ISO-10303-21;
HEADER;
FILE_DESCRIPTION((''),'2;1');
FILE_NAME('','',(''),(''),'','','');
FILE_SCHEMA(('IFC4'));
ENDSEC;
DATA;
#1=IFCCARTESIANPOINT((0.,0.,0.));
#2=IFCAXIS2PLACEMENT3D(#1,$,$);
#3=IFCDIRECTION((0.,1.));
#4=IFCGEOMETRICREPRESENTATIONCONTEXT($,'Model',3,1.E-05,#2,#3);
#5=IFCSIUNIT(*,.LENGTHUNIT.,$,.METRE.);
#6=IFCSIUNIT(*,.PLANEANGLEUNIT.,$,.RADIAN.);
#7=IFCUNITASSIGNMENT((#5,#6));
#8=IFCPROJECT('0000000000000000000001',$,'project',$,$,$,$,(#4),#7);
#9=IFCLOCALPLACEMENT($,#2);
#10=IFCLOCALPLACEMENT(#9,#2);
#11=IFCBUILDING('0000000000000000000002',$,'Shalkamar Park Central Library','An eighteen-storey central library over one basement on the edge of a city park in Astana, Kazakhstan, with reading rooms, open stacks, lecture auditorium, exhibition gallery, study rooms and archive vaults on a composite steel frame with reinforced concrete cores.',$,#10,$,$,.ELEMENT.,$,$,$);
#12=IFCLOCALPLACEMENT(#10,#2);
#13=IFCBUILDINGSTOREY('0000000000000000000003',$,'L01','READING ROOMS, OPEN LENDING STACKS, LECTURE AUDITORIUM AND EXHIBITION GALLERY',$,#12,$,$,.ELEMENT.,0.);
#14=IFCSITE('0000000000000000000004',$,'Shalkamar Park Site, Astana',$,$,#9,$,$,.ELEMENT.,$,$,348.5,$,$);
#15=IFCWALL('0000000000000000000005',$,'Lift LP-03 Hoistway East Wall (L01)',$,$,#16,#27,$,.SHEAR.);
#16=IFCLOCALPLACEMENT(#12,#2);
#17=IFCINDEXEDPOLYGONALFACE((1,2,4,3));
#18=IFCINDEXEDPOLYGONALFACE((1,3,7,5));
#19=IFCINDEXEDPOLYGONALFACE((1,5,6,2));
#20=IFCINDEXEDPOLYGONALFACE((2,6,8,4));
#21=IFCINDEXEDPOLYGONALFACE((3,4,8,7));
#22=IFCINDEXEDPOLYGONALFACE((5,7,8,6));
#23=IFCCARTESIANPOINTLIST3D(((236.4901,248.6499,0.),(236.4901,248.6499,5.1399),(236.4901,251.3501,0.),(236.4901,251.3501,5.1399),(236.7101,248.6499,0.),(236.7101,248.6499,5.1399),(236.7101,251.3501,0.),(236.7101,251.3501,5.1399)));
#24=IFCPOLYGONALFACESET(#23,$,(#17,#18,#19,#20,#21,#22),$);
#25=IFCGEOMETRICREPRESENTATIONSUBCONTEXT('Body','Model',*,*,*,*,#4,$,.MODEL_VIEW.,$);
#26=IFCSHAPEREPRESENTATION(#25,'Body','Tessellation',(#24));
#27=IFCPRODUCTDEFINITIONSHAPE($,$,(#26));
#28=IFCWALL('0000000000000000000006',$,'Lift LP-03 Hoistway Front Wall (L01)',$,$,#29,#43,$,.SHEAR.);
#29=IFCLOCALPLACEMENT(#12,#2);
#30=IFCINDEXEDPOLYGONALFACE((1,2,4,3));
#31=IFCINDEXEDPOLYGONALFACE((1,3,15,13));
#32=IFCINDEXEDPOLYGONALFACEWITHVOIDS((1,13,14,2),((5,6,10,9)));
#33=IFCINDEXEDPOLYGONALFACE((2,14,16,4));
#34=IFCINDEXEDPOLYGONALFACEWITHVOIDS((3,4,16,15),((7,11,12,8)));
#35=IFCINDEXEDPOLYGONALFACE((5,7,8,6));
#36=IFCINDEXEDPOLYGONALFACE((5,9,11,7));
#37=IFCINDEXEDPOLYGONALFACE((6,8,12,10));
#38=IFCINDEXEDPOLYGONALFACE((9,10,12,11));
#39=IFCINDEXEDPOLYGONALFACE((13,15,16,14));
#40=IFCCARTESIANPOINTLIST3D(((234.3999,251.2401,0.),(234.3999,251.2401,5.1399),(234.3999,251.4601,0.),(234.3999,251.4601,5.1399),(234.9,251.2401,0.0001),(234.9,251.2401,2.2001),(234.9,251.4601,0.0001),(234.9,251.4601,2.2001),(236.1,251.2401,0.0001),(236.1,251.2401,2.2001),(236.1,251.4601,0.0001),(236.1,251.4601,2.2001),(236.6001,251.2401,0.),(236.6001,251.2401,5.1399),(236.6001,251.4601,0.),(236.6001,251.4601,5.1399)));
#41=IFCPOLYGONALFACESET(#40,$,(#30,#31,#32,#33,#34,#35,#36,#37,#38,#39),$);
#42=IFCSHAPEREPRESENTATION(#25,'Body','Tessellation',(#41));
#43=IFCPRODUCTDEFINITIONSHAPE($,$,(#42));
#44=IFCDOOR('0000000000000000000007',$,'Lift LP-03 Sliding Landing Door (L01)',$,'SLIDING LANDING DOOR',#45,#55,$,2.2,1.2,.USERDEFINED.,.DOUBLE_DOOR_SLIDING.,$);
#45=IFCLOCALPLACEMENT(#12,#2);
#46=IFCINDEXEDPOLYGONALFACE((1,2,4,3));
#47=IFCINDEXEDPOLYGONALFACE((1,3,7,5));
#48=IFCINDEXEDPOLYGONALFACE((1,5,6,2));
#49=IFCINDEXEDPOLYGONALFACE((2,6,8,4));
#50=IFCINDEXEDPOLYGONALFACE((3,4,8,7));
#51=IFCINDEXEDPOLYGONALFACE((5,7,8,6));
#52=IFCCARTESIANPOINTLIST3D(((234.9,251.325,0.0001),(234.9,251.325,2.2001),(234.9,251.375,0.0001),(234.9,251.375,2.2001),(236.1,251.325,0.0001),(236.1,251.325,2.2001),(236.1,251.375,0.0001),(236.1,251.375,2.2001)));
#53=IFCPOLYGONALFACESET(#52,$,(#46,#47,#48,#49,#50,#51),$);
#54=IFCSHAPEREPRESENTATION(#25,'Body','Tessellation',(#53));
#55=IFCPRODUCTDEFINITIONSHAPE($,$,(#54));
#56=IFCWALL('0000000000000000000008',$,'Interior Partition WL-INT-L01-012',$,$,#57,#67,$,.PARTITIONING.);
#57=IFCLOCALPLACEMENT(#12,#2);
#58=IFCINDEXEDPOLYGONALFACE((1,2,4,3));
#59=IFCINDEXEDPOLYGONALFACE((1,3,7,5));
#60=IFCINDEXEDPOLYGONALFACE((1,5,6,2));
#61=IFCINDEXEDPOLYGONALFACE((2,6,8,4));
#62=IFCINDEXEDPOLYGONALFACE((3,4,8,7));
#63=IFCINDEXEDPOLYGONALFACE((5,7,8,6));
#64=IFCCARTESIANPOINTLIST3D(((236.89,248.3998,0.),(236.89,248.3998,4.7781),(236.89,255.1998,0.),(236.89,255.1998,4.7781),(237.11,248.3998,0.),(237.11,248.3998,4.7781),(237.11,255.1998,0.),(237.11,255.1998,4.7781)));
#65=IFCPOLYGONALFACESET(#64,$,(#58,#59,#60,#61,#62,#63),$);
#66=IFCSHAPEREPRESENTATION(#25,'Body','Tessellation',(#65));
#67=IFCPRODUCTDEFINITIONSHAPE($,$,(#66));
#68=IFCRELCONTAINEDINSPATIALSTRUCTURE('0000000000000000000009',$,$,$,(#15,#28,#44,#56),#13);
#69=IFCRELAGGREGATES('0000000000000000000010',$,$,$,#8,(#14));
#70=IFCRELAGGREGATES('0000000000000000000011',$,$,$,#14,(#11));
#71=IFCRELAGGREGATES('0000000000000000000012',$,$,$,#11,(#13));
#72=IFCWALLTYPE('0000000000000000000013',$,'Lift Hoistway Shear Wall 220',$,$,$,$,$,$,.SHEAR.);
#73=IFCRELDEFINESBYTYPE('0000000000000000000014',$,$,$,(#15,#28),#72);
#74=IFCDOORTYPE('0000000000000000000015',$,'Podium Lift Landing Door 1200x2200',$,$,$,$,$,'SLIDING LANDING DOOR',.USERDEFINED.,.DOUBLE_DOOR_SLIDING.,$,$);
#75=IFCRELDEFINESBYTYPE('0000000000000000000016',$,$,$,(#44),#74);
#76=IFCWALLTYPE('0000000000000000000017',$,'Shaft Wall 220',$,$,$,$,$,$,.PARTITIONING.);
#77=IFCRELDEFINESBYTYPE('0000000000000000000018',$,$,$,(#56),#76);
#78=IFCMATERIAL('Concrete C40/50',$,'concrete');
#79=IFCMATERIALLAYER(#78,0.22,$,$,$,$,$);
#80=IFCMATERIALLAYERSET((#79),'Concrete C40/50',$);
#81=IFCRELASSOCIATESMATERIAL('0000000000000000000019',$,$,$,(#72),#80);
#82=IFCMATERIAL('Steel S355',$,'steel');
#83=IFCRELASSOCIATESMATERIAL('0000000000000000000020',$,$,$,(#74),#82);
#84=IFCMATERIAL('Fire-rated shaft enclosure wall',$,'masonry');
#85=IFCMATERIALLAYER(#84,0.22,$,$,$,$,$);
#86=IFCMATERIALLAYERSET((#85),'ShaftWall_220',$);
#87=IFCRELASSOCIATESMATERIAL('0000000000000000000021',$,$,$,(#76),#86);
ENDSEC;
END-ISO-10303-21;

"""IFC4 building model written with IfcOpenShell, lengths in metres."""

from ifc_helpers import new_model, si_unit, direction, frame, frame_2d, origin, place, context, subcontext, project, spatial, rectangle, extrude, material, layer, layer_set, type_object, element, fill, save


model = new_model("IFC4")

# Units and contexts
model_context = context("Model", 3, precision=1e-05, world=origin(), true_north=direction((0.0, 1.0)))
body_context = subcontext(model_context, "Body", "Model", "MODEL_VIEW")
ifc_project = project(units=[si_unit("LENGTHUNIT", "METRE"), si_unit("PLANEANGLEUNIT", "RADIAN")], contexts=[model_context])

# Site, building, storey
site_placement = place(None, origin())
site = spatial("IfcSite", under=ifc_project, at=site_placement, Name="Shalkamar Park Site, Astana", CompositionType="ELEMENT", RefElevation=348.5)
building_placement = place(site_placement, origin())
building = spatial("IfcBuilding", under=site, at=building_placement, Name="Shalkamar Park Central Library", Description="An eighteen-storey central library over one basement on the edge of a city park in Astana, Kazakhstan, with reading rooms, open stacks, lecture auditorium, exhibition gallery, study rooms and archive vaults on a composite steel frame with reinforced concrete cores.", CompositionType="ELEMENT")
storey_placement = place(building_placement, origin())
storey = spatial("IfcBuildingStorey", under=building, at=storey_placement, Name="L01", Description="READING ROOMS, OPEN LENDING STACKS, LECTURE AUDITORIUM AND EXHIBITION GALLERY", CompositionType="ELEMENT", Elevation=0.0)

# Shared definitions
ifc_material_1 = material(Name="Steel S355", Category="steel")

# Shared definitions
ifc_material_2 = material(Name="Concrete C40/50", Category="concrete")
ifc_layer_1 = layer(ifc_material_2, 0.22)
ifc_layer_set_1 = layer_set([ifc_layer_1], Name="Concrete C40/50")
wall_type_1 = type_object("IfcWallType", Name="Lift Hoistway Shear Wall 220", PredefinedType="SHEAR", material=ifc_layer_set_1)

# Shared definitions
door_type = type_object("IfcDoorType", Name="Podium Lift Landing Door 1200x2200", ElementType="SLIDING LANDING DOOR", OperationType="DOUBLE_DOOR_SLIDING", PredefinedType="USERDEFINED", material=ifc_material_1)

# Wall
for number, where, z_axis, x_axis, name in (
    (1, (236.6001, 248.6499, 0.0), (0.0, 0.0, 1.0), (0.0, 1.0, 0.0), "Lift LP-03 Hoistway East Wall (L01)"),
):
    element("IfcWall", number, at=place(storey_placement, frame(where, z_axis=z_axis, x_axis=x_axis)), inside=storey, type_object=wall_type_1, Name=name, PredefinedType="SHEAR", context=body_context, shape_type="SweptSolid", body=[
        extrude(rectangle(XDim=2.7002, YDim=0.22, at=frame_2d((1.3501, 0.0))), origin(), (0.0, 0.0, 1.0), 5.1399),
    ])

# Wall, opening, door
wall_1_placement = place(storey_placement, frame((234.3999, 251.3501, 0.0), z_axis=(0.0, 0.0, 1.0), x_axis=(1.0, 0.0, 0.0)))
wall_1 = element("IfcWall", 2, at=wall_1_placement, inside=storey, type_object=wall_type_1, Name="Lift LP-03 Hoistway Front Wall (L01)", PredefinedType="SHEAR", context=body_context, shape_type="SweptSolid", body=[
    extrude(rectangle(XDim=2.2002, YDim=0.22, at=frame_2d((1.1001, 0.0))), origin(), (0.0, 0.0, 1.0), 5.1399),
])
opening_1_placement = place(wall_1_placement, frame((0.5, 0.0, 0.0)))
opening_1 = element("IfcOpeningElement", 3, at=opening_1_placement, cuts=wall_1, PredefinedType="OPENING", context=body_context, shape_type="SweptSolid", body=[
    extrude(rectangle(XDim=1.2, YDim=2.2, at=frame_2d((0.6001, 1.1001))), frame((0.0, 0.125, 0.0), z_axis=(0.0, -1.0, 0.0), x_axis=(1.0, 0.0, 0.0)), (0.0, 0.0, 1.0), 0.2498),
])
door_1_placement = place(opening_1_placement, origin())
door_1 = element("IfcDoor", 4, at=door_1_placement, inside=storey, type_object=door_type, Name="Lift LP-03 Sliding Landing Door (L01)", ObjectType="SLIDING LANDING DOOR", OperationType="DOUBLE_DOOR_SLIDING", OverallHeight=2.2, OverallWidth=1.2, PredefinedType="USERDEFINED", context=body_context, shape_type="SweptSolid", body=[
    extrude(rectangle(XDim=1.2, YDim=2.2, at=frame_2d((0.6001, 1.1001))), frame((0.0, 0.0249, 0.0), z_axis=(0.0, -1.0, 0.0), x_axis=(1.0, 0.0, 0.0)), (0.0, 0.0, 1.0), 0.05),
])
fill(opening_1, door_1)

# Wall
ifc_material_3 = material(Name="Fire-rated shaft enclosure wall", Category="masonry")
ifc_layer_2 = layer(ifc_material_3, 0.22)
ifc_layer_set_2 = layer_set([ifc_layer_2], Name="ShaftWall_220")
wall_type_2 = type_object("IfcWallType", Name="Shaft Wall 220", PredefinedType="PARTITIONING", material=ifc_layer_set_2)
wall_2_placement = place(storey_placement, frame((237.0, 248.3999, 0.0), z_axis=(0.0, 0.0, 1.0), x_axis=(0.0, 1.0, 0.0)))
element("IfcWall", 5, at=wall_2_placement, inside=storey, type_object=wall_type_2, Name="Interior Partition WL-INT-L01-012", PredefinedType="PARTITIONING", context=body_context, shape_type="SweptSolid", body=[
    extrude(rectangle(XDim=6.8, YDim=0.22, at=frame_2d((3.3999, 0.0))), origin(), (0.0, 0.0, 1.0), 4.7781),
])

save(model, "model.ifc")
